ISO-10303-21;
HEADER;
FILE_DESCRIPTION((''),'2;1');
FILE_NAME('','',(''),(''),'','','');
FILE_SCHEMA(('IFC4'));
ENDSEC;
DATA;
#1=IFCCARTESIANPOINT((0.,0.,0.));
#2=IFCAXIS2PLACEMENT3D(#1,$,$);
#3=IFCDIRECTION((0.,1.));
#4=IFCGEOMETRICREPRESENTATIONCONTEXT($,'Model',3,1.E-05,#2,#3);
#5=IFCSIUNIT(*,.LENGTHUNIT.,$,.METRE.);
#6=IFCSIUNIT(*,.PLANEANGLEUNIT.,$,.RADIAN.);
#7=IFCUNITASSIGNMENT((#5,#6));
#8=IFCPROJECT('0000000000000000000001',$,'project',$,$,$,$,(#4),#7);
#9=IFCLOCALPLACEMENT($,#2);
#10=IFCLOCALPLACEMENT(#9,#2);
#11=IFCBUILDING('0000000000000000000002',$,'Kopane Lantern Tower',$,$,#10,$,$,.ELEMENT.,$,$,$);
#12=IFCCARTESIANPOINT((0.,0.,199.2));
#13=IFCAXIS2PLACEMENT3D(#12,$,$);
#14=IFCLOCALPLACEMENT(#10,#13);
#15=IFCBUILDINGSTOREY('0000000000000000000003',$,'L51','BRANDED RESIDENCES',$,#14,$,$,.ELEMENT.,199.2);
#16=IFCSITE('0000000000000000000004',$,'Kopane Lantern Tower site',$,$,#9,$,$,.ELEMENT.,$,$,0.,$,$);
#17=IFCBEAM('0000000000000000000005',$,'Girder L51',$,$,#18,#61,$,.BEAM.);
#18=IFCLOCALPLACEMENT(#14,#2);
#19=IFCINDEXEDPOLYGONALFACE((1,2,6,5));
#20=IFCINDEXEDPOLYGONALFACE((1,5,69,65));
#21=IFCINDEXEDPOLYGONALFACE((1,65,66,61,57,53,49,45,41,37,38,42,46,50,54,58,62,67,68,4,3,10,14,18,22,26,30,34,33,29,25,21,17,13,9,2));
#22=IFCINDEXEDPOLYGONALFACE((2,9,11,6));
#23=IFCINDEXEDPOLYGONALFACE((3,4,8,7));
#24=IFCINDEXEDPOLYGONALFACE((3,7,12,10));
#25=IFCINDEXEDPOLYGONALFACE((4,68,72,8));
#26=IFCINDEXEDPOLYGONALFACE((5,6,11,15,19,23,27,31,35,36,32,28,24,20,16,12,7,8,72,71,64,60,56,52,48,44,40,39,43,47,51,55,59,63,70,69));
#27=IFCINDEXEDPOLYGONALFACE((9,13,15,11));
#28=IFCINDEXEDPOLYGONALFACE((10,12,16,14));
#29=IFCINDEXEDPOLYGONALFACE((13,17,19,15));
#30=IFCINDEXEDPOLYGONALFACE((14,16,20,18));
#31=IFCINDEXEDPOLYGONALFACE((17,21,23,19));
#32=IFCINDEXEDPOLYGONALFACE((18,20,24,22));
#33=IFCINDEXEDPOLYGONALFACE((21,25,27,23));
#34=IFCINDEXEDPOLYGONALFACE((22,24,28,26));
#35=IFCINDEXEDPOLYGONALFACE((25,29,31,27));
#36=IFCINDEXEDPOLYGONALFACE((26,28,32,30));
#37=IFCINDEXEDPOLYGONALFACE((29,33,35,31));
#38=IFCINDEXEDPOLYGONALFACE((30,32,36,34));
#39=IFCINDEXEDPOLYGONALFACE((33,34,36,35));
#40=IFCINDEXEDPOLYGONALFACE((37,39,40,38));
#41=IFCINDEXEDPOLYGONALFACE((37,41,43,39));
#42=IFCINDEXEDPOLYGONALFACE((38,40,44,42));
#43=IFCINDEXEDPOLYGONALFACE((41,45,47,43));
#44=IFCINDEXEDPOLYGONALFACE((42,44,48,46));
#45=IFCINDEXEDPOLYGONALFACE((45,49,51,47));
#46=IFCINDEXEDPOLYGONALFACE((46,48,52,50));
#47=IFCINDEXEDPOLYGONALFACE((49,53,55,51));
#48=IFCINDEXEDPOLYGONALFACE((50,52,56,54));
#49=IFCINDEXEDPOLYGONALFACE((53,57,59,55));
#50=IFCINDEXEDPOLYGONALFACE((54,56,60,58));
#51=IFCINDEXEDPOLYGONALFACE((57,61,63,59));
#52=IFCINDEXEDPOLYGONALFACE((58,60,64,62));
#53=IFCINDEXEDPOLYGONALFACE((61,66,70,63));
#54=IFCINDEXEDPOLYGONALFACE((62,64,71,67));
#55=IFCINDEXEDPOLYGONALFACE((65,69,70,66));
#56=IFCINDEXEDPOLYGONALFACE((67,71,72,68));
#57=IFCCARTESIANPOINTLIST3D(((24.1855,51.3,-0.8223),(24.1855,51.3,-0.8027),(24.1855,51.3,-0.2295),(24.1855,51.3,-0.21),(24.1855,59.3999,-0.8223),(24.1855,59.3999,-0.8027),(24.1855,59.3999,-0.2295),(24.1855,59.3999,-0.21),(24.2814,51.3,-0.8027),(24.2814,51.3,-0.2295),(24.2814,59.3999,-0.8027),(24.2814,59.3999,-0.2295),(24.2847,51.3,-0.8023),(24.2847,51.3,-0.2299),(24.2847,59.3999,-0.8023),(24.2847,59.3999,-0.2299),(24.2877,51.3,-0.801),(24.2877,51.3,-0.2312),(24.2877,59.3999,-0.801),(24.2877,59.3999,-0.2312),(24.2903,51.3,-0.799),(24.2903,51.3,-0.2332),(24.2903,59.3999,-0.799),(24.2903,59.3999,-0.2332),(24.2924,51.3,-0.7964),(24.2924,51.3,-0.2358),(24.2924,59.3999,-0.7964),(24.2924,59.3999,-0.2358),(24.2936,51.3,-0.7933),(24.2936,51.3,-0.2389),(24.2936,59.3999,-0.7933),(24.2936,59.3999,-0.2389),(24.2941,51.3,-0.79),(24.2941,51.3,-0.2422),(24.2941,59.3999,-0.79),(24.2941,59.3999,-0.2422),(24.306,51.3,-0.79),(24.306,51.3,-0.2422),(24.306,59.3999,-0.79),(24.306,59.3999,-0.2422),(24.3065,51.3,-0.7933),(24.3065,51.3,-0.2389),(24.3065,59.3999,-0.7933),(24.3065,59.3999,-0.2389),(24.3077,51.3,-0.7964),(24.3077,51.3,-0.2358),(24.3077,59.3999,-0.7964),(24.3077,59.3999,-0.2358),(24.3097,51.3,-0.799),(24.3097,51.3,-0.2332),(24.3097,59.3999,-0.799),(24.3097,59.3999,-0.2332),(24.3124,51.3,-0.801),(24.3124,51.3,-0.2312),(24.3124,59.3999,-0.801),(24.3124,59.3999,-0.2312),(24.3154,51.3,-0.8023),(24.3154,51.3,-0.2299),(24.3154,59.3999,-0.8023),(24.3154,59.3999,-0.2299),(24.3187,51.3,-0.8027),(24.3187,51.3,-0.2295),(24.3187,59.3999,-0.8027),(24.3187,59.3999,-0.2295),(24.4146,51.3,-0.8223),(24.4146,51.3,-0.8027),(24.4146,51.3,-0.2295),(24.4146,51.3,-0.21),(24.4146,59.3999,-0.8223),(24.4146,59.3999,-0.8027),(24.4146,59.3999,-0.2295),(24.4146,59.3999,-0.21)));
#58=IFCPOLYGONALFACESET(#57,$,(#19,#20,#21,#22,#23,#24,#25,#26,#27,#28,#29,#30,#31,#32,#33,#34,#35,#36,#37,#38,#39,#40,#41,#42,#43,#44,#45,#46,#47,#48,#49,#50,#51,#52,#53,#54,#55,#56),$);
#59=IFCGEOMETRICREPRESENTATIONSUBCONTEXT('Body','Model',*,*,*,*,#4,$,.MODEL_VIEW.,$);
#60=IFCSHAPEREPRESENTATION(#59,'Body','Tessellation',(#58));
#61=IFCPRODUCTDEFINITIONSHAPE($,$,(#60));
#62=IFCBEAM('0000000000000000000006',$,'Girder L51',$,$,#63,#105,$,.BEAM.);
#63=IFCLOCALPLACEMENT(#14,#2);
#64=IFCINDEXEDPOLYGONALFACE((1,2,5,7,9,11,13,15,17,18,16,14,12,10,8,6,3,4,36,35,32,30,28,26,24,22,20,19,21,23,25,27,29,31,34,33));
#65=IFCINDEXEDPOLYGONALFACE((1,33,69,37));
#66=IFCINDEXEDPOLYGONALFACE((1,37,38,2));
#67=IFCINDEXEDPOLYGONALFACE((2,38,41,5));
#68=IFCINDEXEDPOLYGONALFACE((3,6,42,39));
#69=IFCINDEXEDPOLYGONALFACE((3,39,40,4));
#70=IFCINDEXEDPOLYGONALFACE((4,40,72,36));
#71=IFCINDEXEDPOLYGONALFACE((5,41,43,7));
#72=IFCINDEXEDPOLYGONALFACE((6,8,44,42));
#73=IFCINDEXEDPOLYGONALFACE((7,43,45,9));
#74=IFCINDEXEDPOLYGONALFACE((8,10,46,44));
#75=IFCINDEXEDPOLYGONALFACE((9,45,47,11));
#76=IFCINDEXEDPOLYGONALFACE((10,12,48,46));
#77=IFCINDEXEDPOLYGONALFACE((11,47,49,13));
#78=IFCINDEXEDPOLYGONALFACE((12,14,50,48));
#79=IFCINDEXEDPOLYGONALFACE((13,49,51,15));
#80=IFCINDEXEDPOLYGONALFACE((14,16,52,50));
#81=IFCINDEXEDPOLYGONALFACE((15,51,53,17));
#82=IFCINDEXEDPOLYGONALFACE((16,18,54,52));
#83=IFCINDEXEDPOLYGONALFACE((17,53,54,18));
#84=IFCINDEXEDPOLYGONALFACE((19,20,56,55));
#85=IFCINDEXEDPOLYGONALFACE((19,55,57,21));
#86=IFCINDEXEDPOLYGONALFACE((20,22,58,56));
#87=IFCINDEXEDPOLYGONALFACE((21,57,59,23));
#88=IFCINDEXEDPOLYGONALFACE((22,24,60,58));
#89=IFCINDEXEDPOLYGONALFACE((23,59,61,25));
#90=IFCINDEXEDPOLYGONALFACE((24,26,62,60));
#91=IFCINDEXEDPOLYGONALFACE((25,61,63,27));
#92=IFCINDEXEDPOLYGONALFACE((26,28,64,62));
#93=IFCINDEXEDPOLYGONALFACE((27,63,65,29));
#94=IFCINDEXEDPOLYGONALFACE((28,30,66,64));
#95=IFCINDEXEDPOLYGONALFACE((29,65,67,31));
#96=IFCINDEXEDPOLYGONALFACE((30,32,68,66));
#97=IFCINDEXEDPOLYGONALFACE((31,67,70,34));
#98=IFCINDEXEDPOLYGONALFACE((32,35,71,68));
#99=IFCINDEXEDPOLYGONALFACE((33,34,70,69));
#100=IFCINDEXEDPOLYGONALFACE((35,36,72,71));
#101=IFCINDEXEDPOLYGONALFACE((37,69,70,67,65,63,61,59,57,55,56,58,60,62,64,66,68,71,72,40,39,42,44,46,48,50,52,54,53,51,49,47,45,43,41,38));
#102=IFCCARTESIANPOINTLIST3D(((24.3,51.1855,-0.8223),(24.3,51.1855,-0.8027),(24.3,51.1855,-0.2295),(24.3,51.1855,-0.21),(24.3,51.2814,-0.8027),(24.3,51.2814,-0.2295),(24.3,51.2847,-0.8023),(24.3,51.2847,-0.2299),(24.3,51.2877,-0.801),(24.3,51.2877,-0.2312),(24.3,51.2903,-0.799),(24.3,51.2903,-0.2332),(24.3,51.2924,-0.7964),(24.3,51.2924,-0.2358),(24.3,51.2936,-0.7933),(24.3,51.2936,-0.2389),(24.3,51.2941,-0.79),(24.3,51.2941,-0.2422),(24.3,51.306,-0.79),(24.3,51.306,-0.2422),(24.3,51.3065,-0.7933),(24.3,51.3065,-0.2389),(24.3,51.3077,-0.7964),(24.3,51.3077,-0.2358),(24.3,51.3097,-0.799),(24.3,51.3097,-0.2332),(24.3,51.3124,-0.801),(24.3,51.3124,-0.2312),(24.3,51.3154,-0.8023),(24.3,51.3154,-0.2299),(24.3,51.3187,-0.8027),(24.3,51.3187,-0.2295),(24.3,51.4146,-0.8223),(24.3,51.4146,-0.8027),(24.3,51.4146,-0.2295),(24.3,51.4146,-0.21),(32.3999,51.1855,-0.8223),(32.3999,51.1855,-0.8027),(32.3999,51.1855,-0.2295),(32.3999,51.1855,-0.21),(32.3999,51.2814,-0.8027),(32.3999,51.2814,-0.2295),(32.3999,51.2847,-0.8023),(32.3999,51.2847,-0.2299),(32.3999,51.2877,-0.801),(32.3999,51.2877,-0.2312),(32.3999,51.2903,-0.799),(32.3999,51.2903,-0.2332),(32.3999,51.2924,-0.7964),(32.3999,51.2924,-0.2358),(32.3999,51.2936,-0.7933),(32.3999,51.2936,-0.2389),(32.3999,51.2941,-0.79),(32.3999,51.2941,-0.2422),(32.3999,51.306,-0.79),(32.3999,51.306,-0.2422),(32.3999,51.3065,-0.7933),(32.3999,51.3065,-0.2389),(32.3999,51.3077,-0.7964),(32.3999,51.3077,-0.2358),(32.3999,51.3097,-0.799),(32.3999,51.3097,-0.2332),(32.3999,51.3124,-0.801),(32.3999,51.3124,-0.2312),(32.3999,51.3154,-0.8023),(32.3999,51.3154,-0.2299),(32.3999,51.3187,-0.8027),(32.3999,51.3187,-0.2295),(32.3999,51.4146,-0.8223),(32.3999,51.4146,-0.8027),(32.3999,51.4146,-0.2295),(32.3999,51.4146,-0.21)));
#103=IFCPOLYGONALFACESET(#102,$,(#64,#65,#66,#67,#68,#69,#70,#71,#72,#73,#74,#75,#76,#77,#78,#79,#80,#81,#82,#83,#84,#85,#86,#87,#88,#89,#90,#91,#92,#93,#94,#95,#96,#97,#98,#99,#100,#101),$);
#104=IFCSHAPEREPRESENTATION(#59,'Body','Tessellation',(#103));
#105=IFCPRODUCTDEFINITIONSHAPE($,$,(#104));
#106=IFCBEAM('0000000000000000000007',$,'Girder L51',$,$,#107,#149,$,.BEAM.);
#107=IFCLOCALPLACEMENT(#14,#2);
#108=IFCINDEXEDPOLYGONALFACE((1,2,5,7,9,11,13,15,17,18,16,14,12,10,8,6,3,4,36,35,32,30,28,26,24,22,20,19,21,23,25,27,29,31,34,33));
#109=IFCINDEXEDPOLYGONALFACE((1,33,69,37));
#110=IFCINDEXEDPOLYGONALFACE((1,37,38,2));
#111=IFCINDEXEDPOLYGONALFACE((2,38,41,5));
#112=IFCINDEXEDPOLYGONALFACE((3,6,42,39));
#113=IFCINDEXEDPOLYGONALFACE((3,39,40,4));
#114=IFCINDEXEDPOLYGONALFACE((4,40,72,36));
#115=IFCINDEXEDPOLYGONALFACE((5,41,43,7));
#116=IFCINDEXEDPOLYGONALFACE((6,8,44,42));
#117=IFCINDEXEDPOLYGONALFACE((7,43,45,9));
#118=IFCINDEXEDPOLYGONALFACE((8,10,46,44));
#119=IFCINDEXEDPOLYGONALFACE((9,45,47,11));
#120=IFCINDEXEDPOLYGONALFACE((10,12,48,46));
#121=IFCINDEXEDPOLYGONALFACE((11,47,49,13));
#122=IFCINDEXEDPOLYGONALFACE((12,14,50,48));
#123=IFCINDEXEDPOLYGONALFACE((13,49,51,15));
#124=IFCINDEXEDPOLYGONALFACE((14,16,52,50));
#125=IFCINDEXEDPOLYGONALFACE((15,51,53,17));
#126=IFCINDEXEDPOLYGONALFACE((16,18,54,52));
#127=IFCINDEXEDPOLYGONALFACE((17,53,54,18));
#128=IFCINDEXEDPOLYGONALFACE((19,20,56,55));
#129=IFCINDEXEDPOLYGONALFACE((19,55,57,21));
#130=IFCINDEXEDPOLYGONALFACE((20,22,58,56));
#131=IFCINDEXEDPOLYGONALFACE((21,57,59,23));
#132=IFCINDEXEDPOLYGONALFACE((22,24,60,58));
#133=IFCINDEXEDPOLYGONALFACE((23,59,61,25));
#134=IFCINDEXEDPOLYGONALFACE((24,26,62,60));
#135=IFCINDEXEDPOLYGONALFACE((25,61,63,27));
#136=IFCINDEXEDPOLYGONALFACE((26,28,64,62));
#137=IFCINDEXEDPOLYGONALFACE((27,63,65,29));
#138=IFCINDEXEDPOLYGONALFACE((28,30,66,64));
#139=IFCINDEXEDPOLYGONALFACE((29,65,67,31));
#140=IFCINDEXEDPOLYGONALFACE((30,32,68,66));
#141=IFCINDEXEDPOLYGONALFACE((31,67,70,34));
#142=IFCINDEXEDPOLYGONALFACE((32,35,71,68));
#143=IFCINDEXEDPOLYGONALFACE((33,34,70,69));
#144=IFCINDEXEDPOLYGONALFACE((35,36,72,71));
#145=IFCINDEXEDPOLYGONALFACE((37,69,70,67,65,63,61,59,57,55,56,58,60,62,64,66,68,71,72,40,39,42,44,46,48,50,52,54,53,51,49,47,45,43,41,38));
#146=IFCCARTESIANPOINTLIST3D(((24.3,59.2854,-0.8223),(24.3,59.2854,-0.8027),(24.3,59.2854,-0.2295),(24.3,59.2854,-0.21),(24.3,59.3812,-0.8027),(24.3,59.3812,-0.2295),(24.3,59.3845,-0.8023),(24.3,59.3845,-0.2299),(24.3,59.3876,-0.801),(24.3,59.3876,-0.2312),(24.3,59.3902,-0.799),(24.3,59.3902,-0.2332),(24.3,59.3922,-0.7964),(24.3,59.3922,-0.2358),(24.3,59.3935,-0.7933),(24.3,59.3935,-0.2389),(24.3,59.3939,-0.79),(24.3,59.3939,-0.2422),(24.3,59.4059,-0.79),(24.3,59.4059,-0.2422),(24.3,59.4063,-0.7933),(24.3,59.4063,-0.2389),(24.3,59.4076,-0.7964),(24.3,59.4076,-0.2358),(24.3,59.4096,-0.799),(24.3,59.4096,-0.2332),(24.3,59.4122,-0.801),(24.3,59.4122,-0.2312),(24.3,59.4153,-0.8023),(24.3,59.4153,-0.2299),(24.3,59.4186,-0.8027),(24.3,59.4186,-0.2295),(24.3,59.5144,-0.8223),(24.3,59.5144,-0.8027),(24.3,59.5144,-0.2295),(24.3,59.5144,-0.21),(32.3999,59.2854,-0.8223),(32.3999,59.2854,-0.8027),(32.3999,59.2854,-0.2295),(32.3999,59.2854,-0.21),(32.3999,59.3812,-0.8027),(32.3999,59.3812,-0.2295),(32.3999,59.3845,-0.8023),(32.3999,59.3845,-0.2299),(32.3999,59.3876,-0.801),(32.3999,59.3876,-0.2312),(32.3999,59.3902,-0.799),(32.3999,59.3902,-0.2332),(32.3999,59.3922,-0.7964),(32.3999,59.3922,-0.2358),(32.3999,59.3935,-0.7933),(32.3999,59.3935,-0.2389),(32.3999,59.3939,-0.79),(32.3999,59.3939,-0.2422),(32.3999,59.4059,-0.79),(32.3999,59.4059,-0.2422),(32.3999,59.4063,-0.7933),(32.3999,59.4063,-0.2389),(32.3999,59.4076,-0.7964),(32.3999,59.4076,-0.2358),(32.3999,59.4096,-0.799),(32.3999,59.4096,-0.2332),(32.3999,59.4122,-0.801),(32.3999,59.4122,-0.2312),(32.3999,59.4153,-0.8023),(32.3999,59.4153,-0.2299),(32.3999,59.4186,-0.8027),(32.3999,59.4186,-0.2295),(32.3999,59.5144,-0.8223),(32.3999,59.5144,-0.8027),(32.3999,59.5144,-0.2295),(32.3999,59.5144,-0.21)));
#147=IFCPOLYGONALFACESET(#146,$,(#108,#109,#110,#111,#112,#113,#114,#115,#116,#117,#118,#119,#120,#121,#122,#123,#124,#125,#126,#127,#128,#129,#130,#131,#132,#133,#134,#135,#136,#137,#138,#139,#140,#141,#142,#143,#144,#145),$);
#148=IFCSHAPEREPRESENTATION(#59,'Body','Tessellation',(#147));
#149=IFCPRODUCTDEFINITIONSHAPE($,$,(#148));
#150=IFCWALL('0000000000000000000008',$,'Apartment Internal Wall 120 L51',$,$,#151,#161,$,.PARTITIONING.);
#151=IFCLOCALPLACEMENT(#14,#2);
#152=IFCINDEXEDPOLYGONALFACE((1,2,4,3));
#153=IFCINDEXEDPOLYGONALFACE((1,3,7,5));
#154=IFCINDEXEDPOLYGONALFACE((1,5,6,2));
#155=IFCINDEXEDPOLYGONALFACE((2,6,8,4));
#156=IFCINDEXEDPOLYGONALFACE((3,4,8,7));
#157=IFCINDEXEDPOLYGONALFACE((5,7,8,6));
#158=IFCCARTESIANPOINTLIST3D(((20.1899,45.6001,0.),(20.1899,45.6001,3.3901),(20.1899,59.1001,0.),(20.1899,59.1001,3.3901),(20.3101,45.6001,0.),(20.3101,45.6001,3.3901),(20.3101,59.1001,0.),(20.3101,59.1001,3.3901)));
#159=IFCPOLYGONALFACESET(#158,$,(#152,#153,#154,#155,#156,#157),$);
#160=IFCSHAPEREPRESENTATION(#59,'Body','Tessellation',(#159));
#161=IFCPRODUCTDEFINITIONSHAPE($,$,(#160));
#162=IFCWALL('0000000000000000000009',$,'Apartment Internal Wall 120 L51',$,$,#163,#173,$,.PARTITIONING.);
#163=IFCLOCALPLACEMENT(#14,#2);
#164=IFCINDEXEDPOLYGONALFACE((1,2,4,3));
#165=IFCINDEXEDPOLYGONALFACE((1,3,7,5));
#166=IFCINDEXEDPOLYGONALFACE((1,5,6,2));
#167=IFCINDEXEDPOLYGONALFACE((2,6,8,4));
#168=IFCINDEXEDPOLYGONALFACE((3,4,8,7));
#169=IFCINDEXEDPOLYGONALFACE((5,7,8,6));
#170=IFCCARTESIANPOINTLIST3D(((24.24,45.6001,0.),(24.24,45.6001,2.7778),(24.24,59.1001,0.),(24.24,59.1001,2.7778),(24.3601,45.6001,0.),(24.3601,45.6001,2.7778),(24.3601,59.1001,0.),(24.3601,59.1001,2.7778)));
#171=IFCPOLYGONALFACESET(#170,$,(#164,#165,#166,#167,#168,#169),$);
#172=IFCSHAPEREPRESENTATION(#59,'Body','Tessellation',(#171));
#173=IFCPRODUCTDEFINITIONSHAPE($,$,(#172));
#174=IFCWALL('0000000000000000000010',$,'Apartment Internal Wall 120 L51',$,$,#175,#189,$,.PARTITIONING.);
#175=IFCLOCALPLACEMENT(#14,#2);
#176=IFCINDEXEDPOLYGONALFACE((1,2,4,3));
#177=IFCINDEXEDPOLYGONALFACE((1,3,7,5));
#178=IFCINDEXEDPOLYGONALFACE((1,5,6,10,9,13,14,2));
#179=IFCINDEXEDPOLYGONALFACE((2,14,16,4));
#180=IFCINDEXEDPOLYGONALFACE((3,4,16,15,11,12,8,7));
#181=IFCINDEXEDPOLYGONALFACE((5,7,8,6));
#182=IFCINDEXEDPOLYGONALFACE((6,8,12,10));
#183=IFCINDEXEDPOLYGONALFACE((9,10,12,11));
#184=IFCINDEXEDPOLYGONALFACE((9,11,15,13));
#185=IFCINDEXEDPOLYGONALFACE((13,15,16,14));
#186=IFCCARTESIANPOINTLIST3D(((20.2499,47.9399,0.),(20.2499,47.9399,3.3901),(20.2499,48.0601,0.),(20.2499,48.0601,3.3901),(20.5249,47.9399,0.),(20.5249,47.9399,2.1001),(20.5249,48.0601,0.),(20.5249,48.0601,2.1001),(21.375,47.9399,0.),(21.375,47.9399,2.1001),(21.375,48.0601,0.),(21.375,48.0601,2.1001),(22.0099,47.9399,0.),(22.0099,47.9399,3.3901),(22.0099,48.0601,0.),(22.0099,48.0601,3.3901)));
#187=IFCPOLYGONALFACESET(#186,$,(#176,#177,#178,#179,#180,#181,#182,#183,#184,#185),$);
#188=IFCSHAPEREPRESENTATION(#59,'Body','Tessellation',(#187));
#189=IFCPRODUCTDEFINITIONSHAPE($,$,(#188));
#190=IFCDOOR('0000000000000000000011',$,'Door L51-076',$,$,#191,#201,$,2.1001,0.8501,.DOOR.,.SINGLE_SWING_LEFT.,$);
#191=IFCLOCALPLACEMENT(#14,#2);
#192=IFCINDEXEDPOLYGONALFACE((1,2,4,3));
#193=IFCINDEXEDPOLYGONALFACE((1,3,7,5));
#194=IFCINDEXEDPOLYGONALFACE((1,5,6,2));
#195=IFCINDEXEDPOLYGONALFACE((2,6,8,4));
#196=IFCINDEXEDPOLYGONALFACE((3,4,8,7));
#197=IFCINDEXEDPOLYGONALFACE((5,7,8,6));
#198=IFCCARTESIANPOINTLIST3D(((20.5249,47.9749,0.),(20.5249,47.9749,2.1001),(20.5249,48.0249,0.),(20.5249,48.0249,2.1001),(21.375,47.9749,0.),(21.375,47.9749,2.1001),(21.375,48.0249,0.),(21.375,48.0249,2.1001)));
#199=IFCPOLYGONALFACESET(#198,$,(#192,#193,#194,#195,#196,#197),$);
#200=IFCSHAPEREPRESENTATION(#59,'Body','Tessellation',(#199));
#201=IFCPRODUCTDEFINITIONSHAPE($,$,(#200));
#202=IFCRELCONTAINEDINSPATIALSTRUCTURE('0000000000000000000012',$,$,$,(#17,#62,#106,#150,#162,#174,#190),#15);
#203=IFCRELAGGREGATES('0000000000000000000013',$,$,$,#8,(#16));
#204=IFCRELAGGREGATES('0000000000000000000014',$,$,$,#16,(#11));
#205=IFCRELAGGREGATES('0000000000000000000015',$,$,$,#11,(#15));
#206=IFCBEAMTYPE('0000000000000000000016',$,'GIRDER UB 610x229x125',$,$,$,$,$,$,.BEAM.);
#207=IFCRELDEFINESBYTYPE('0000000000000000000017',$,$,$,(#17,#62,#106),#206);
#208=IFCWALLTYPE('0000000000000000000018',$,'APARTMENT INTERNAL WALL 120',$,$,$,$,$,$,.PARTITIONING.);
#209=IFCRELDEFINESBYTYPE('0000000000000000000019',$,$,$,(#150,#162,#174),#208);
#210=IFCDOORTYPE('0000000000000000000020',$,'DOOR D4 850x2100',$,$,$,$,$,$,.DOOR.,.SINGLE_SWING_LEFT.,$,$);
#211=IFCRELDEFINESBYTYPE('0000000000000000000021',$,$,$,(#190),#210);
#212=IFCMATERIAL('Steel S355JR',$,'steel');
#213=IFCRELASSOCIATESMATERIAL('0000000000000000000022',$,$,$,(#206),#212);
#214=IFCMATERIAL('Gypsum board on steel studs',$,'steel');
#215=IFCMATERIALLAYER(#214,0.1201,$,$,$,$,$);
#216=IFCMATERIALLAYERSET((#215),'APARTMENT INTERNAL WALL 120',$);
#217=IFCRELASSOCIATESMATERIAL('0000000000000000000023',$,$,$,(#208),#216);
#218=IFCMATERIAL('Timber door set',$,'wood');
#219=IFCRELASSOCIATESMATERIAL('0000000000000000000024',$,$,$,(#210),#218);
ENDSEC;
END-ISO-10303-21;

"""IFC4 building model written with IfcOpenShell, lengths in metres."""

from ifc_helpers import new_model, si_unit, direction, frame, frame_2d, origin, origin_2d, place, context, subcontext, project, spatial, rectangle, i_section, extrude, material, layer, layer_set, material_profile, profile_set, type_object, element, fill, save


model = new_model("IFC4")

# Units and contexts
model_context = context("Model", 3, precision=1e-05, world=origin(), true_north=direction((0.0, 1.0)))
body_context = subcontext(model_context, "Body", "Model", "MODEL_VIEW")
ifc_project = project(units=[si_unit("LENGTHUNIT", "METRE"), si_unit("PLANEANGLEUNIT", "RADIAN")], contexts=[model_context])

# Site, building, storey
site_placement = place(None, origin())
site = spatial("IfcSite", under=ifc_project, at=site_placement, Name="Kopane Lantern Tower site", CompositionType="ELEMENT", RefElevation=0.0)
building_placement = place(site_placement, origin())
building = spatial("IfcBuilding", under=site, at=building_placement, Name="Kopane Lantern Tower", CompositionType="ELEMENT")
storey_placement = place(building_placement, frame((0.0, 0.0, 199.2)))
storey = spatial("IfcBuildingStorey", under=building, at=storey_placement, Name="L51", Description="BRANDED RESIDENCES", CompositionType="ELEMENT", Elevation=199.2)

# Beams
ifc_material_1 = material(Name="Steel S355JR", Category="steel")
ifc_material_profile_1 = material_profile(ifc_material_1, i_section(OverallWidth=0.229, OverallDepth=0.6123, WebThickness=0.012, FlangeThickness=0.0195, FilletRadius=0.0127, at=origin_2d()), Name="UB 610x229x125")
ifc_profile_set_1 = profile_set([ifc_material_profile_1], Name="Steel S355JR")
beam_type = type_object("IfcBeamType", Name="GIRDER UB 610x229x125", PredefinedType="BEAM", material=ifc_profile_set_1)
for number, where, z_axis, x_axis, name in (
    (1, (24.3, 51.3, -0.5161), (0.0, 1.0, 0.0), (-1.0, 0.0, 0.0), "Girder L51"),
    (2, (24.3, 51.3, -0.5161), (1.0, 0.0, 0.0), (0.0, 1.0, 0.0), "Girder L51"),
    (3, (24.3, 59.3999, -0.5161), (1.0, 0.0, 0.0), (0.0, 1.0, 0.0), "Girder L51"),
):
    element("IfcBeam", number, at=place(storey_placement, frame(where, z_axis=z_axis, x_axis=x_axis)), inside=storey, type_object=beam_type, Name=name, PredefinedType="BEAM", context=body_context, shape_type="SweptSolid", body=[
        extrude(i_section(OverallWidth=0.229, OverallDepth=0.6123, WebThickness=0.012, FlangeThickness=0.0195, FilletRadius=0.0127, at=origin_2d()), origin(), (0.0, 0.0, 1.0), 8.0999),
    ])

# Walls
ifc_material_2 = material(Name="Gypsum board on steel studs", Category="steel")
ifc_layer_1 = layer(ifc_material_2, 0.1201)
ifc_layer_set_1 = layer_set([ifc_layer_1], Name="APARTMENT INTERNAL WALL 120")
wall_type_1 = type_object("IfcWallType", Name="APARTMENT INTERNAL WALL 120", PredefinedType="PARTITIONING", material=ifc_layer_set_1)
wall_1_placement = place(storey_placement, frame((20.25, 45.6001, 0.0), z_axis=(0.0, 0.0, 1.0), x_axis=(0.0, 1.0, 0.0)))
element("IfcWall", 4, at=wall_1_placement, inside=storey, type_object=wall_type_1, Name="Apartment Internal Wall 120 L51", PredefinedType="PARTITIONING", context=body_context, shape_type="SweptSolid", body=[
    extrude(rectangle(XDim=13.5, YDim=0.1201, at=frame_2d((6.75, 0.0))), origin(), (0.0, 0.0, 1.0), 3.3901),
])
wall_2_placement = place(storey_placement, frame((24.3, 45.6001, 0.0), z_axis=(0.0, 0.0, 1.0), x_axis=(0.0, 1.0, 0.0)))
element("IfcWall", 5, at=wall_2_placement, inside=storey, type_object=wall_type_1, Name="Apartment Internal Wall 120 L51", PredefinedType="PARTITIONING", context=body_context, shape_type="SweptSolid", body=[
    extrude(rectangle(XDim=13.5, YDim=0.1201, at=frame_2d((6.75, 0.0))), origin(), (0.0, 0.0, 1.0), 2.7778),
])

# Wall, opening, door
wall_3_placement = place(storey_placement, frame((20.25, 48.0, 0.0), z_axis=(0.0, 0.0, 1.0), x_axis=(1.0, 0.0, 0.0)))
wall_3 = element("IfcWall", 6, at=wall_3_placement, inside=storey, type_object=wall_type_1, Name="Apartment Internal Wall 120 L51", PredefinedType="PARTITIONING", context=body_context, shape_type="SweptSolid", body=[
    extrude(rectangle(XDim=1.76, YDim=0.1201, at=frame_2d((0.8799, 0.0))), origin(), (0.0, 0.0, 1.0), 3.3901),
])
opening_1_placement = place(wall_3_placement, frame((0.2749, 0.0, 0.0)))
opening_1 = element("IfcOpeningElement", 7, at=opening_1_placement, cuts=wall_3, PredefinedType="OPENING", context=body_context, shape_type="SweptSolid", body=[
    extrude(rectangle(XDim=0.8501, YDim=2.1001, at=frame_2d((0.425, 1.05))), frame((0.0, 0.0701, 0.0), z_axis=(0.0, -1.0, 0.0), x_axis=(1.0, 0.0, 0.0)), (0.0, 0.0, 1.0), 0.1401),
])
ifc_material_3 = material(Name="Timber door set", Category="wood")
door_type_1 = type_object("IfcDoorType", Name="DOOR D4 850x2100", OperationType="SINGLE_SWING_LEFT", PredefinedType="DOOR", material=ifc_material_3)
door_1_placement = place(opening_1_placement, origin())
door_1 = element("IfcDoor", 8, at=door_1_placement, inside=storey, type_object=door_type_1, Name="Door L51-076", OperationType="SINGLE_SWING_LEFT", OverallHeight=2.1001, OverallWidth=0.8501, PredefinedType="DOOR", context=body_context, shape_type="SweptSolid", body=[
    extrude(rectangle(XDim=0.8501, YDim=2.1001, at=frame_2d((0.425, 1.05))), frame((0.0, 0.0249, 0.0), z_axis=(0.0, -1.0, 0.0), x_axis=(1.0, 0.0, 0.0)), (0.0, 0.0, 1.0), 0.05),
])
fill(opening_1, door_1)

save(model, "model.ifc")
